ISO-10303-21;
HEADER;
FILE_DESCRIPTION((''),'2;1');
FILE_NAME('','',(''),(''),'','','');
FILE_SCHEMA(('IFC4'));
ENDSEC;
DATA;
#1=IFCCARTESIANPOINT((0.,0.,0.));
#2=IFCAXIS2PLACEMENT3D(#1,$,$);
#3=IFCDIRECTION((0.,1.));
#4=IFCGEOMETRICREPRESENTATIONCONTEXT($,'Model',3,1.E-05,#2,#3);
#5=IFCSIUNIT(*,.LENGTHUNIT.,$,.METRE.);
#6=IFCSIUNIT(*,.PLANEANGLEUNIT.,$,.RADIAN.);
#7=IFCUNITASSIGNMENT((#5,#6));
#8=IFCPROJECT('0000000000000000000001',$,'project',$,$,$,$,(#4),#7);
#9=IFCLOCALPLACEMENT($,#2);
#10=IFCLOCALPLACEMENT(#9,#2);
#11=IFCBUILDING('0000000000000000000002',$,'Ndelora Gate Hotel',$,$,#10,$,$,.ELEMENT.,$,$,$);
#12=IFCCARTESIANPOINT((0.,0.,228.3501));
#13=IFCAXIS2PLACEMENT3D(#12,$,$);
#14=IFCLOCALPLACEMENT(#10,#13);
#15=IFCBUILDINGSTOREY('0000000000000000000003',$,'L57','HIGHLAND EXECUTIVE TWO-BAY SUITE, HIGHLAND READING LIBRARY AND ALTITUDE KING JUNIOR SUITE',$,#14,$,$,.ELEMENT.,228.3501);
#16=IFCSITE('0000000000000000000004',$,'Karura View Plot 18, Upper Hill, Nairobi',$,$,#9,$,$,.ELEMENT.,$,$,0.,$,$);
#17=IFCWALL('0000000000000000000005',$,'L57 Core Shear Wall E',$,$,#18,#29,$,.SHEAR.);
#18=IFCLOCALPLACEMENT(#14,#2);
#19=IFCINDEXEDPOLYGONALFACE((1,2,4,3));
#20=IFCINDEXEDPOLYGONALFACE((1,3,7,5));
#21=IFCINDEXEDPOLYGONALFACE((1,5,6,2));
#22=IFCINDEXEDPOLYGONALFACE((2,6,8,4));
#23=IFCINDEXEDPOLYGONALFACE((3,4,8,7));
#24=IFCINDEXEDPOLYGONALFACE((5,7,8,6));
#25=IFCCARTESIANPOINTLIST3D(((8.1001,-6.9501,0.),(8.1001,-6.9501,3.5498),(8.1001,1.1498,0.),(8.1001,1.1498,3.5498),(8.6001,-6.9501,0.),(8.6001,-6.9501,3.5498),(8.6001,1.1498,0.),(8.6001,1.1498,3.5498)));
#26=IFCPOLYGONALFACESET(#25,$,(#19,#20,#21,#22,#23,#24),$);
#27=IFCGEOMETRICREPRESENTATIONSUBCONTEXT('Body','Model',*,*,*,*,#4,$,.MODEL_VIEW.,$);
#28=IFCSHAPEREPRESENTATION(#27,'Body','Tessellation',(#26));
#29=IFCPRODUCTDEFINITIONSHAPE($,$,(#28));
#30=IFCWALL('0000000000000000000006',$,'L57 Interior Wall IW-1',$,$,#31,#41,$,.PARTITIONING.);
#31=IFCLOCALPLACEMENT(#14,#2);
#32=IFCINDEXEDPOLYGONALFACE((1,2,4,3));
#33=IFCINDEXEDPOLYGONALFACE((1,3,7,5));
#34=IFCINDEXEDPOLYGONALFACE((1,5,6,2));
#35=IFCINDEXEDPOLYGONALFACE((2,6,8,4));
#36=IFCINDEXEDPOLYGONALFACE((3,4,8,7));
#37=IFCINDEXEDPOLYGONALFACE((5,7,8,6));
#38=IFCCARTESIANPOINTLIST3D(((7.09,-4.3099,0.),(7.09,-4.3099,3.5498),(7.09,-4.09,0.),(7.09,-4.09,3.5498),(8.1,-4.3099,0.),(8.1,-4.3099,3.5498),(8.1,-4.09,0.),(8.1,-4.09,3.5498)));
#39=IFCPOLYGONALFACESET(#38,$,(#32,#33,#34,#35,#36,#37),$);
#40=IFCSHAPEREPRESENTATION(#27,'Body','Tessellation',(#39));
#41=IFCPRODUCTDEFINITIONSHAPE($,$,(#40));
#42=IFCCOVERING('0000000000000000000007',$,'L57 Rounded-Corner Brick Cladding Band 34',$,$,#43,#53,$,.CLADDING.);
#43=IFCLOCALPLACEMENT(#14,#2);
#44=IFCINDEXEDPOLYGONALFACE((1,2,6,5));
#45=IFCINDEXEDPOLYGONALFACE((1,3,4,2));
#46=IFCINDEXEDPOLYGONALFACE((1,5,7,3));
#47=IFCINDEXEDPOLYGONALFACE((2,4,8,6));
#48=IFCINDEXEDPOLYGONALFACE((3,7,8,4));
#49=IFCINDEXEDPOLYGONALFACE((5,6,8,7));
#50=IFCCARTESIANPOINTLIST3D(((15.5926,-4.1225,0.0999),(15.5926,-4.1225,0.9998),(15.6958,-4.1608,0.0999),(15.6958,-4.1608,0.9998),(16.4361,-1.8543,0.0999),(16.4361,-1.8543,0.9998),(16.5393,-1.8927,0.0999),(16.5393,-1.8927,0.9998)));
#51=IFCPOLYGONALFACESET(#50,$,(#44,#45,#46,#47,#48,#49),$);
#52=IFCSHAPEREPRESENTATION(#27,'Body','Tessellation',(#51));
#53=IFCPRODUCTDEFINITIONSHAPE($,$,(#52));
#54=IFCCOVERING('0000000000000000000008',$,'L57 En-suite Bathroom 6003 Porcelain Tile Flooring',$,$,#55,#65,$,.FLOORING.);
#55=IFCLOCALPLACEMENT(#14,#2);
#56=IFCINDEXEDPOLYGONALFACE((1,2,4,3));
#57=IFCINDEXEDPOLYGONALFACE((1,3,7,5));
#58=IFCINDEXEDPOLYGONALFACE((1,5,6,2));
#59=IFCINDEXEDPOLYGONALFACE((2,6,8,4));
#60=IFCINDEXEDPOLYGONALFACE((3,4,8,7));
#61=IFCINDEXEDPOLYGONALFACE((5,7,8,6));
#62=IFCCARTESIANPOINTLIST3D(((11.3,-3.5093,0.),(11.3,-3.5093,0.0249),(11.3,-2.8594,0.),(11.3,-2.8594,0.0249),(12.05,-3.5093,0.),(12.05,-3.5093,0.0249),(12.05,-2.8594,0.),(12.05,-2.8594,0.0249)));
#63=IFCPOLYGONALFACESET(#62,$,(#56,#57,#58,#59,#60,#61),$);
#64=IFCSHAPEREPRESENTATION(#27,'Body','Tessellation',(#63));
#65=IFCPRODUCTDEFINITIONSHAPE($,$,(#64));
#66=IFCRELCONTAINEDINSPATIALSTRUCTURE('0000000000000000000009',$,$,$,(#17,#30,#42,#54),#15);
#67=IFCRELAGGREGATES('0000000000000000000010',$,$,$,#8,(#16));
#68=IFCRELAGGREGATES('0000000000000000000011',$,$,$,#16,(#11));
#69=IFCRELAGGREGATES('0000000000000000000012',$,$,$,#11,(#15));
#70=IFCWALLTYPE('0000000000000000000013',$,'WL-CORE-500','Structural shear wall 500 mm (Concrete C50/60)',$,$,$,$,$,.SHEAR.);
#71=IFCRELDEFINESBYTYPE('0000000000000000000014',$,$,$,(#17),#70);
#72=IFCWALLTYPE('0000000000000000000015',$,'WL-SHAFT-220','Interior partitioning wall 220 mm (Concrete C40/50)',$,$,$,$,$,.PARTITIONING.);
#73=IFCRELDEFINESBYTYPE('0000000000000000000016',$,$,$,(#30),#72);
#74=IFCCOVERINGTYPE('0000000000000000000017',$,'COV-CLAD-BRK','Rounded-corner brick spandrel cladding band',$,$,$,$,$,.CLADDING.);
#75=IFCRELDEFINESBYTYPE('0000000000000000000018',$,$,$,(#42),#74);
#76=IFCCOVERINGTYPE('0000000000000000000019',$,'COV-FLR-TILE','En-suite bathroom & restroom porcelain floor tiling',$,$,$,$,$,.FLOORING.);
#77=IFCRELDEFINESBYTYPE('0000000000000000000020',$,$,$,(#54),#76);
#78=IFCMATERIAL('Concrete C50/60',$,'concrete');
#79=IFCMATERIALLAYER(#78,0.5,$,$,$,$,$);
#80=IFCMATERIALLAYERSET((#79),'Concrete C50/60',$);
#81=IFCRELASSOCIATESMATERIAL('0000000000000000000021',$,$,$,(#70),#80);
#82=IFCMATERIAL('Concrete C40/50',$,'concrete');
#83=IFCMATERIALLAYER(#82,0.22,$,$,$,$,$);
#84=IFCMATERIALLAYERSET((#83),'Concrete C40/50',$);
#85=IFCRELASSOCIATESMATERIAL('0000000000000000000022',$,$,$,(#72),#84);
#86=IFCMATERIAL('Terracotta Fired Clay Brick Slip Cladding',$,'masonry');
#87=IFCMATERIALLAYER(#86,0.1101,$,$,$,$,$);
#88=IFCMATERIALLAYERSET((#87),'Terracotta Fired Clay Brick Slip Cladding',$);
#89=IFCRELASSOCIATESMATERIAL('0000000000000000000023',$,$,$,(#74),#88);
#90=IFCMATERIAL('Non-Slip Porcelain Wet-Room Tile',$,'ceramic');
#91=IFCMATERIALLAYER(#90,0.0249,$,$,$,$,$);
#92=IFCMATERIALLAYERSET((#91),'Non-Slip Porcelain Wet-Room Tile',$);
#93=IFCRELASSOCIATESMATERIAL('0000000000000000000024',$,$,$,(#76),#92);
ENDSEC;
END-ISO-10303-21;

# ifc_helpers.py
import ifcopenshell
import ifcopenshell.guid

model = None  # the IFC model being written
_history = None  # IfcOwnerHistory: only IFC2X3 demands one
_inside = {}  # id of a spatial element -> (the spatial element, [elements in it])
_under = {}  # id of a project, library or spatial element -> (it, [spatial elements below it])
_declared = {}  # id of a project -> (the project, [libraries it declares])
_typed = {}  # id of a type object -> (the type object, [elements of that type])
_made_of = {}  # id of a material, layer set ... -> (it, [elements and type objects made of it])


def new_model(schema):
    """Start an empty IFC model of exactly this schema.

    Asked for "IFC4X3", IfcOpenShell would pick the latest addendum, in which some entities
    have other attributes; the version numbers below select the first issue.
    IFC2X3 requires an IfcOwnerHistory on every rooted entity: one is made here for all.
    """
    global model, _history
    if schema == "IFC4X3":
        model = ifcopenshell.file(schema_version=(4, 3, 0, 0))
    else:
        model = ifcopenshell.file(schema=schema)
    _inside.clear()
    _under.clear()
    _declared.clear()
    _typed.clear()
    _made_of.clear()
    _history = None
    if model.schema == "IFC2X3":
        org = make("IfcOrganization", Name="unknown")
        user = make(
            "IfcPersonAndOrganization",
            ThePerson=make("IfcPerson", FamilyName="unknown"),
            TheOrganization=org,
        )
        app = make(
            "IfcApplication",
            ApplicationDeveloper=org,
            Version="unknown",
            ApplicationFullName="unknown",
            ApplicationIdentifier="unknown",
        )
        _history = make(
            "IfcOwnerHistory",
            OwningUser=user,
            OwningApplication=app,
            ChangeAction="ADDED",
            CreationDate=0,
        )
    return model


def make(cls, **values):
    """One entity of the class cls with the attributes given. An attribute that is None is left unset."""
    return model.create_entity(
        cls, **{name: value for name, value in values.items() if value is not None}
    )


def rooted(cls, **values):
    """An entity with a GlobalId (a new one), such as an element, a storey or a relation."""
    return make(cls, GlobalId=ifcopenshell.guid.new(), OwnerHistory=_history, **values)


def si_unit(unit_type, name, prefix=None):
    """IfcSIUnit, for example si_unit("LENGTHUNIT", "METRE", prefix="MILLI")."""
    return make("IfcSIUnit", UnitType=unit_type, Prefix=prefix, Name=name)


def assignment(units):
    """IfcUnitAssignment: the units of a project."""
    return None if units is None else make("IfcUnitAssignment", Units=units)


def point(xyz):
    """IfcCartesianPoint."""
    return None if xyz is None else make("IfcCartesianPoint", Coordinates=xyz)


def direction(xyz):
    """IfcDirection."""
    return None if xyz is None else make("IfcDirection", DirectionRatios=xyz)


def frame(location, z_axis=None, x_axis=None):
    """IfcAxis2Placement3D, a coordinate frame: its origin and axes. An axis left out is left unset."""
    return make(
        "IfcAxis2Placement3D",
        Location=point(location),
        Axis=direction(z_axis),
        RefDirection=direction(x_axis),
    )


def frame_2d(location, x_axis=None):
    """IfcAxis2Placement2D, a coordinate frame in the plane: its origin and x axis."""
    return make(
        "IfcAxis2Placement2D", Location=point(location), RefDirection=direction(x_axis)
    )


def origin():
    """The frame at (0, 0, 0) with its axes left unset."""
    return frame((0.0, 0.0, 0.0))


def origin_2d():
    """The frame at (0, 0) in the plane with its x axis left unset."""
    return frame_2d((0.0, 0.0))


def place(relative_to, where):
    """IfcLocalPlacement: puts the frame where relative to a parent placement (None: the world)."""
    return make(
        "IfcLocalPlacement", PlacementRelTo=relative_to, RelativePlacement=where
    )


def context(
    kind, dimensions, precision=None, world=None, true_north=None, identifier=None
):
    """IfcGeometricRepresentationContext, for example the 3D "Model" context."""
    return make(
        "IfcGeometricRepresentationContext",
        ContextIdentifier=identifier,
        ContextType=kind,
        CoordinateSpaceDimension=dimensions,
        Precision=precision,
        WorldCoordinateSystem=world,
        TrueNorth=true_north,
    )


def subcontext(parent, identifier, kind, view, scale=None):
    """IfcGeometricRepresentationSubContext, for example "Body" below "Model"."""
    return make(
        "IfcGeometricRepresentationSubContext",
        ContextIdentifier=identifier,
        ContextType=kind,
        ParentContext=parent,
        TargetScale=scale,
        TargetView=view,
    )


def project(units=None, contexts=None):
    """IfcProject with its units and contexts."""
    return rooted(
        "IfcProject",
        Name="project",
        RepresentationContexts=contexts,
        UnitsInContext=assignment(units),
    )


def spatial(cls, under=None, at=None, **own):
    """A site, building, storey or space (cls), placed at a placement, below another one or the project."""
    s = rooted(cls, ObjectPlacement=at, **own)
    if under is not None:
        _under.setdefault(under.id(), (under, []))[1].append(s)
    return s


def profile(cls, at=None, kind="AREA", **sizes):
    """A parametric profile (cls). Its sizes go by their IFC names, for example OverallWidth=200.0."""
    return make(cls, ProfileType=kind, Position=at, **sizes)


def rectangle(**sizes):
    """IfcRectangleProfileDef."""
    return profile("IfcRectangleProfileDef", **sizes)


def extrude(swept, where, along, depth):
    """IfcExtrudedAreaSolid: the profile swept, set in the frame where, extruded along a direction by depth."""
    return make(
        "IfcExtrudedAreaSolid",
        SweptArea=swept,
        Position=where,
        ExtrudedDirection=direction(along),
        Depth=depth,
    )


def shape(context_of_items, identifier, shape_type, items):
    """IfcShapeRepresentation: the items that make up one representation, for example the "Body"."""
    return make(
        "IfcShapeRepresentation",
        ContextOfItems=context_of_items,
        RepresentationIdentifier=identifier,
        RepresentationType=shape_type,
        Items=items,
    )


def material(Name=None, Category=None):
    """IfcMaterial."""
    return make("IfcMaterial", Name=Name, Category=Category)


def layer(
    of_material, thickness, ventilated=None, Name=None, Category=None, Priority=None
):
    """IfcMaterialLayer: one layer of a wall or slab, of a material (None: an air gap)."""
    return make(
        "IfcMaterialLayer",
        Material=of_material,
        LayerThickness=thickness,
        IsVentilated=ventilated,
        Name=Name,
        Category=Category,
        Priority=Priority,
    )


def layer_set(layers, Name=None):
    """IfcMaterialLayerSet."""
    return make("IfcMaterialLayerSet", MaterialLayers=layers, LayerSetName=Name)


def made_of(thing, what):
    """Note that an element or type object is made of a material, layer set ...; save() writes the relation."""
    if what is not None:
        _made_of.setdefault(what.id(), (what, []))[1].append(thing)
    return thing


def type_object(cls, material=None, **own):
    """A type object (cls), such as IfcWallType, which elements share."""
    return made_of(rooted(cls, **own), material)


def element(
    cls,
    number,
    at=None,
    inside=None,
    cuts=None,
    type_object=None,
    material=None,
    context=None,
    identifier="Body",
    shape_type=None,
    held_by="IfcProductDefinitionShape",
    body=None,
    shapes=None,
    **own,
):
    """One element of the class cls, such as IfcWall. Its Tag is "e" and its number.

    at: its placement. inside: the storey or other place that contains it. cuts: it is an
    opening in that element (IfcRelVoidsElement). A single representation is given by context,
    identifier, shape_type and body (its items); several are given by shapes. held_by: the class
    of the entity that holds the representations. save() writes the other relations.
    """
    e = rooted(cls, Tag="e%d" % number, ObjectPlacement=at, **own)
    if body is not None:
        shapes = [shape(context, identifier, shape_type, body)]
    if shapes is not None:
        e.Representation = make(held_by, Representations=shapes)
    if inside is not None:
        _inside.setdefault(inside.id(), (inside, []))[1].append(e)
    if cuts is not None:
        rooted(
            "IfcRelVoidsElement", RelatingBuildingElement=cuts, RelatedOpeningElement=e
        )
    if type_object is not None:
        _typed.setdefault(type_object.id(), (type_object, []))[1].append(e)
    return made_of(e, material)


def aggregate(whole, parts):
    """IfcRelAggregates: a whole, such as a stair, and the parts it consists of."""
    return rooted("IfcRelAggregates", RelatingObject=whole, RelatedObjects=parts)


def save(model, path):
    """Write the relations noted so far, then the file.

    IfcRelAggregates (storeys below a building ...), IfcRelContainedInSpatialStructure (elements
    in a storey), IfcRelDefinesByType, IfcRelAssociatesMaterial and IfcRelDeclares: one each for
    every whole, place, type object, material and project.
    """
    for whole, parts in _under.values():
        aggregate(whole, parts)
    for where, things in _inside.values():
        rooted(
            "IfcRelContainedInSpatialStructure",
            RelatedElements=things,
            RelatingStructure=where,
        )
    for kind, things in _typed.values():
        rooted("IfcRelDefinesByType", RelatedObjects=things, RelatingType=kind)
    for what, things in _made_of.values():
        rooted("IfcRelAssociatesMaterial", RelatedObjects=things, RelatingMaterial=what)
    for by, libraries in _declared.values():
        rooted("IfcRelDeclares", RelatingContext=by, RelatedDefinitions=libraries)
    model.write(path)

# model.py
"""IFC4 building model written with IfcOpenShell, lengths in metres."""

from ifc_helpers import new_model, si_unit, direction, frame, frame_2d, origin, origin_2d, place, context, subcontext, project, spatial, rectangle, extrude, material, layer, layer_set, type_object, element, save


model = new_model("IFC4")

# Units and contexts
model_context = context("Model", 3, precision=1e-05, world=origin(), true_north=direction((0.0, 1.0)))
body_context = subcontext(model_context, "Body", "Model", "MODEL_VIEW")
ifc_project = project(units=[si_unit("LENGTHUNIT", "METRE"), si_unit("PLANEANGLEUNIT", "RADIAN")], contexts=[model_context])

# Site, building, storey
site_placement = place(None, origin())
site = spatial("IfcSite", under=ifc_project, at=site_placement, Name="Karura View Plot 18, Upper Hill, Nairobi", CompositionType="ELEMENT", RefElevation=0.0)
building_placement = place(site_placement, origin())
building = spatial("IfcBuilding", under=site, at=building_placement, Name="Ndelora Gate Hotel", CompositionType="ELEMENT")
storey_placement = place(building_placement, frame((0.0, 0.0, 228.3501)))
storey = spatial("IfcBuildingStorey", under=building, at=storey_placement, Name="L57", Description="HIGHLAND EXECUTIVE TWO-BAY SUITE, HIGHLAND READING LIBRARY AND ALTITUDE KING JUNIOR SUITE", CompositionType="ELEMENT", Elevation=228.3501)

# Shared definitions
ifc_material_1 = material(Name="Concrete C50/60", Category="concrete")

# Wall
ifc_layer_1 = layer(ifc_material_1, 0.5)
ifc_layer_set_1 = layer_set([ifc_layer_1], Name="Concrete C50/60")
wall_type_1 = type_object("IfcWallType", Name="WL-CORE-500", Description="Structural shear wall 500 mm (Concrete C50/60)", PredefinedType="SHEAR", material=ifc_layer_set_1)
wall_1_placement = place(storey_placement, frame((8.3501, -6.95, 0.0), z_axis=(0.0, 0.0, 1.0), x_axis=(0.0, 1.0, 0.0)))
element("IfcWall", 1, at=wall_1_placement, inside=storey, type_object=wall_type_1, Name="L57 Core Shear Wall E", PredefinedType="SHEAR", context=body_context, shape_type="SweptSolid", body=[
    extrude(rectangle(XDim=8.0999, YDim=0.5, at=frame_2d((4.0498, 0.0))), origin(), (0.0, 0.0, 1.0), 3.5498),
])

# Wall
ifc_material_2 = material(Name="Concrete C40/50", Category="concrete")
ifc_layer_2 = layer(ifc_material_2, 0.22)
ifc_layer_set_2 = layer_set([ifc_layer_2], Name="Concrete C40/50")
wall_type_2 = type_object("IfcWallType", Name="WL-SHAFT-220", Description="Interior partitioning wall 220 mm (Concrete C40/50)", PredefinedType="PARTITIONING", material=ifc_layer_set_2)
wall_2_placement = place(storey_placement, frame((7.0901, -4.2, 0.0), z_axis=(0.0, 0.0, 1.0), x_axis=(1.0, 0.0, 0.0)))
element("IfcWall", 2, at=wall_2_placement, inside=storey, type_object=wall_type_2, Name="L57 Interior Wall IW-1", PredefinedType="PARTITIONING", context=body_context, shape_type="SweptSolid", body=[
    extrude(rectangle(XDim=1.01, YDim=0.22, at=frame_2d((0.5049, 0.0))), origin(), (0.0, 0.0, 1.0), 3.5498),
])

# Coverings
ifc_material_3 = material(Name="Terracotta Fired Clay Brick Slip Cladding", Category="masonry")
ifc_layer_3 = layer(ifc_material_3, 0.1101)
ifc_layer_set_3 = layer_set([ifc_layer_3], Name="Terracotta Fired Clay Brick Slip Cladding")
covering_type_1 = type_object("IfcCoveringType", Name="COV-CLAD-BRK", Description="Rounded-corner brick spandrel cladding band", PredefinedType="CLADDING", material=ifc_layer_set_3)
covering_1_placement = place(storey_placement, frame((16.0659, -3.0076, 0.0999), z_axis=(0.0, 0.0, 1.0), x_axis=(0.348572, 0.937282, 0.0)))
element("IfcCovering", 3, at=covering_1_placement, inside=storey, type_object=covering_type_1, Name="L57 Rounded-Corner Brick Cladding Band 34", PredefinedType="CLADDING", context=body_context, shape_type="SweptSolid", body=[
    extrude(rectangle(XDim=2.4199, YDim=0.1101, at=origin_2d()), origin(), (0.0, 0.0, 1.0), 0.8999),
])
ifc_material_4 = material(Name="Non-Slip Porcelain Wet-Room Tile", Category="ceramic")
ifc_layer_4 = layer(ifc_material_4, 0.0249)
ifc_layer_set_4 = layer_set([ifc_layer_4], Name="Non-Slip Porcelain Wet-Room Tile")
covering_type_2 = type_object("IfcCoveringType", Name="COV-FLR-TILE", Description="En-suite bathroom & restroom porcelain floor tiling", PredefinedType="FLOORING", material=ifc_layer_set_4)
covering_2_placement = place(storey_placement, frame((11.675, -3.1843, 0.0), z_axis=(0.0, 0.0, 1.0), x_axis=(1.0, 0.0, 0.0)))
element("IfcCovering", 4, at=covering_2_placement, inside=storey, type_object=covering_type_2, Name="L57 En-suite Bathroom 6003 Porcelain Tile Flooring", PredefinedType="FLOORING", context=body_context, shape_type="SweptSolid", body=[
    extrude(rectangle(XDim=0.75, YDim=0.6499, at=origin_2d()), origin(), (0.0, 0.0, 1.0), 0.0249),
])

save(model, "model.ifc")
